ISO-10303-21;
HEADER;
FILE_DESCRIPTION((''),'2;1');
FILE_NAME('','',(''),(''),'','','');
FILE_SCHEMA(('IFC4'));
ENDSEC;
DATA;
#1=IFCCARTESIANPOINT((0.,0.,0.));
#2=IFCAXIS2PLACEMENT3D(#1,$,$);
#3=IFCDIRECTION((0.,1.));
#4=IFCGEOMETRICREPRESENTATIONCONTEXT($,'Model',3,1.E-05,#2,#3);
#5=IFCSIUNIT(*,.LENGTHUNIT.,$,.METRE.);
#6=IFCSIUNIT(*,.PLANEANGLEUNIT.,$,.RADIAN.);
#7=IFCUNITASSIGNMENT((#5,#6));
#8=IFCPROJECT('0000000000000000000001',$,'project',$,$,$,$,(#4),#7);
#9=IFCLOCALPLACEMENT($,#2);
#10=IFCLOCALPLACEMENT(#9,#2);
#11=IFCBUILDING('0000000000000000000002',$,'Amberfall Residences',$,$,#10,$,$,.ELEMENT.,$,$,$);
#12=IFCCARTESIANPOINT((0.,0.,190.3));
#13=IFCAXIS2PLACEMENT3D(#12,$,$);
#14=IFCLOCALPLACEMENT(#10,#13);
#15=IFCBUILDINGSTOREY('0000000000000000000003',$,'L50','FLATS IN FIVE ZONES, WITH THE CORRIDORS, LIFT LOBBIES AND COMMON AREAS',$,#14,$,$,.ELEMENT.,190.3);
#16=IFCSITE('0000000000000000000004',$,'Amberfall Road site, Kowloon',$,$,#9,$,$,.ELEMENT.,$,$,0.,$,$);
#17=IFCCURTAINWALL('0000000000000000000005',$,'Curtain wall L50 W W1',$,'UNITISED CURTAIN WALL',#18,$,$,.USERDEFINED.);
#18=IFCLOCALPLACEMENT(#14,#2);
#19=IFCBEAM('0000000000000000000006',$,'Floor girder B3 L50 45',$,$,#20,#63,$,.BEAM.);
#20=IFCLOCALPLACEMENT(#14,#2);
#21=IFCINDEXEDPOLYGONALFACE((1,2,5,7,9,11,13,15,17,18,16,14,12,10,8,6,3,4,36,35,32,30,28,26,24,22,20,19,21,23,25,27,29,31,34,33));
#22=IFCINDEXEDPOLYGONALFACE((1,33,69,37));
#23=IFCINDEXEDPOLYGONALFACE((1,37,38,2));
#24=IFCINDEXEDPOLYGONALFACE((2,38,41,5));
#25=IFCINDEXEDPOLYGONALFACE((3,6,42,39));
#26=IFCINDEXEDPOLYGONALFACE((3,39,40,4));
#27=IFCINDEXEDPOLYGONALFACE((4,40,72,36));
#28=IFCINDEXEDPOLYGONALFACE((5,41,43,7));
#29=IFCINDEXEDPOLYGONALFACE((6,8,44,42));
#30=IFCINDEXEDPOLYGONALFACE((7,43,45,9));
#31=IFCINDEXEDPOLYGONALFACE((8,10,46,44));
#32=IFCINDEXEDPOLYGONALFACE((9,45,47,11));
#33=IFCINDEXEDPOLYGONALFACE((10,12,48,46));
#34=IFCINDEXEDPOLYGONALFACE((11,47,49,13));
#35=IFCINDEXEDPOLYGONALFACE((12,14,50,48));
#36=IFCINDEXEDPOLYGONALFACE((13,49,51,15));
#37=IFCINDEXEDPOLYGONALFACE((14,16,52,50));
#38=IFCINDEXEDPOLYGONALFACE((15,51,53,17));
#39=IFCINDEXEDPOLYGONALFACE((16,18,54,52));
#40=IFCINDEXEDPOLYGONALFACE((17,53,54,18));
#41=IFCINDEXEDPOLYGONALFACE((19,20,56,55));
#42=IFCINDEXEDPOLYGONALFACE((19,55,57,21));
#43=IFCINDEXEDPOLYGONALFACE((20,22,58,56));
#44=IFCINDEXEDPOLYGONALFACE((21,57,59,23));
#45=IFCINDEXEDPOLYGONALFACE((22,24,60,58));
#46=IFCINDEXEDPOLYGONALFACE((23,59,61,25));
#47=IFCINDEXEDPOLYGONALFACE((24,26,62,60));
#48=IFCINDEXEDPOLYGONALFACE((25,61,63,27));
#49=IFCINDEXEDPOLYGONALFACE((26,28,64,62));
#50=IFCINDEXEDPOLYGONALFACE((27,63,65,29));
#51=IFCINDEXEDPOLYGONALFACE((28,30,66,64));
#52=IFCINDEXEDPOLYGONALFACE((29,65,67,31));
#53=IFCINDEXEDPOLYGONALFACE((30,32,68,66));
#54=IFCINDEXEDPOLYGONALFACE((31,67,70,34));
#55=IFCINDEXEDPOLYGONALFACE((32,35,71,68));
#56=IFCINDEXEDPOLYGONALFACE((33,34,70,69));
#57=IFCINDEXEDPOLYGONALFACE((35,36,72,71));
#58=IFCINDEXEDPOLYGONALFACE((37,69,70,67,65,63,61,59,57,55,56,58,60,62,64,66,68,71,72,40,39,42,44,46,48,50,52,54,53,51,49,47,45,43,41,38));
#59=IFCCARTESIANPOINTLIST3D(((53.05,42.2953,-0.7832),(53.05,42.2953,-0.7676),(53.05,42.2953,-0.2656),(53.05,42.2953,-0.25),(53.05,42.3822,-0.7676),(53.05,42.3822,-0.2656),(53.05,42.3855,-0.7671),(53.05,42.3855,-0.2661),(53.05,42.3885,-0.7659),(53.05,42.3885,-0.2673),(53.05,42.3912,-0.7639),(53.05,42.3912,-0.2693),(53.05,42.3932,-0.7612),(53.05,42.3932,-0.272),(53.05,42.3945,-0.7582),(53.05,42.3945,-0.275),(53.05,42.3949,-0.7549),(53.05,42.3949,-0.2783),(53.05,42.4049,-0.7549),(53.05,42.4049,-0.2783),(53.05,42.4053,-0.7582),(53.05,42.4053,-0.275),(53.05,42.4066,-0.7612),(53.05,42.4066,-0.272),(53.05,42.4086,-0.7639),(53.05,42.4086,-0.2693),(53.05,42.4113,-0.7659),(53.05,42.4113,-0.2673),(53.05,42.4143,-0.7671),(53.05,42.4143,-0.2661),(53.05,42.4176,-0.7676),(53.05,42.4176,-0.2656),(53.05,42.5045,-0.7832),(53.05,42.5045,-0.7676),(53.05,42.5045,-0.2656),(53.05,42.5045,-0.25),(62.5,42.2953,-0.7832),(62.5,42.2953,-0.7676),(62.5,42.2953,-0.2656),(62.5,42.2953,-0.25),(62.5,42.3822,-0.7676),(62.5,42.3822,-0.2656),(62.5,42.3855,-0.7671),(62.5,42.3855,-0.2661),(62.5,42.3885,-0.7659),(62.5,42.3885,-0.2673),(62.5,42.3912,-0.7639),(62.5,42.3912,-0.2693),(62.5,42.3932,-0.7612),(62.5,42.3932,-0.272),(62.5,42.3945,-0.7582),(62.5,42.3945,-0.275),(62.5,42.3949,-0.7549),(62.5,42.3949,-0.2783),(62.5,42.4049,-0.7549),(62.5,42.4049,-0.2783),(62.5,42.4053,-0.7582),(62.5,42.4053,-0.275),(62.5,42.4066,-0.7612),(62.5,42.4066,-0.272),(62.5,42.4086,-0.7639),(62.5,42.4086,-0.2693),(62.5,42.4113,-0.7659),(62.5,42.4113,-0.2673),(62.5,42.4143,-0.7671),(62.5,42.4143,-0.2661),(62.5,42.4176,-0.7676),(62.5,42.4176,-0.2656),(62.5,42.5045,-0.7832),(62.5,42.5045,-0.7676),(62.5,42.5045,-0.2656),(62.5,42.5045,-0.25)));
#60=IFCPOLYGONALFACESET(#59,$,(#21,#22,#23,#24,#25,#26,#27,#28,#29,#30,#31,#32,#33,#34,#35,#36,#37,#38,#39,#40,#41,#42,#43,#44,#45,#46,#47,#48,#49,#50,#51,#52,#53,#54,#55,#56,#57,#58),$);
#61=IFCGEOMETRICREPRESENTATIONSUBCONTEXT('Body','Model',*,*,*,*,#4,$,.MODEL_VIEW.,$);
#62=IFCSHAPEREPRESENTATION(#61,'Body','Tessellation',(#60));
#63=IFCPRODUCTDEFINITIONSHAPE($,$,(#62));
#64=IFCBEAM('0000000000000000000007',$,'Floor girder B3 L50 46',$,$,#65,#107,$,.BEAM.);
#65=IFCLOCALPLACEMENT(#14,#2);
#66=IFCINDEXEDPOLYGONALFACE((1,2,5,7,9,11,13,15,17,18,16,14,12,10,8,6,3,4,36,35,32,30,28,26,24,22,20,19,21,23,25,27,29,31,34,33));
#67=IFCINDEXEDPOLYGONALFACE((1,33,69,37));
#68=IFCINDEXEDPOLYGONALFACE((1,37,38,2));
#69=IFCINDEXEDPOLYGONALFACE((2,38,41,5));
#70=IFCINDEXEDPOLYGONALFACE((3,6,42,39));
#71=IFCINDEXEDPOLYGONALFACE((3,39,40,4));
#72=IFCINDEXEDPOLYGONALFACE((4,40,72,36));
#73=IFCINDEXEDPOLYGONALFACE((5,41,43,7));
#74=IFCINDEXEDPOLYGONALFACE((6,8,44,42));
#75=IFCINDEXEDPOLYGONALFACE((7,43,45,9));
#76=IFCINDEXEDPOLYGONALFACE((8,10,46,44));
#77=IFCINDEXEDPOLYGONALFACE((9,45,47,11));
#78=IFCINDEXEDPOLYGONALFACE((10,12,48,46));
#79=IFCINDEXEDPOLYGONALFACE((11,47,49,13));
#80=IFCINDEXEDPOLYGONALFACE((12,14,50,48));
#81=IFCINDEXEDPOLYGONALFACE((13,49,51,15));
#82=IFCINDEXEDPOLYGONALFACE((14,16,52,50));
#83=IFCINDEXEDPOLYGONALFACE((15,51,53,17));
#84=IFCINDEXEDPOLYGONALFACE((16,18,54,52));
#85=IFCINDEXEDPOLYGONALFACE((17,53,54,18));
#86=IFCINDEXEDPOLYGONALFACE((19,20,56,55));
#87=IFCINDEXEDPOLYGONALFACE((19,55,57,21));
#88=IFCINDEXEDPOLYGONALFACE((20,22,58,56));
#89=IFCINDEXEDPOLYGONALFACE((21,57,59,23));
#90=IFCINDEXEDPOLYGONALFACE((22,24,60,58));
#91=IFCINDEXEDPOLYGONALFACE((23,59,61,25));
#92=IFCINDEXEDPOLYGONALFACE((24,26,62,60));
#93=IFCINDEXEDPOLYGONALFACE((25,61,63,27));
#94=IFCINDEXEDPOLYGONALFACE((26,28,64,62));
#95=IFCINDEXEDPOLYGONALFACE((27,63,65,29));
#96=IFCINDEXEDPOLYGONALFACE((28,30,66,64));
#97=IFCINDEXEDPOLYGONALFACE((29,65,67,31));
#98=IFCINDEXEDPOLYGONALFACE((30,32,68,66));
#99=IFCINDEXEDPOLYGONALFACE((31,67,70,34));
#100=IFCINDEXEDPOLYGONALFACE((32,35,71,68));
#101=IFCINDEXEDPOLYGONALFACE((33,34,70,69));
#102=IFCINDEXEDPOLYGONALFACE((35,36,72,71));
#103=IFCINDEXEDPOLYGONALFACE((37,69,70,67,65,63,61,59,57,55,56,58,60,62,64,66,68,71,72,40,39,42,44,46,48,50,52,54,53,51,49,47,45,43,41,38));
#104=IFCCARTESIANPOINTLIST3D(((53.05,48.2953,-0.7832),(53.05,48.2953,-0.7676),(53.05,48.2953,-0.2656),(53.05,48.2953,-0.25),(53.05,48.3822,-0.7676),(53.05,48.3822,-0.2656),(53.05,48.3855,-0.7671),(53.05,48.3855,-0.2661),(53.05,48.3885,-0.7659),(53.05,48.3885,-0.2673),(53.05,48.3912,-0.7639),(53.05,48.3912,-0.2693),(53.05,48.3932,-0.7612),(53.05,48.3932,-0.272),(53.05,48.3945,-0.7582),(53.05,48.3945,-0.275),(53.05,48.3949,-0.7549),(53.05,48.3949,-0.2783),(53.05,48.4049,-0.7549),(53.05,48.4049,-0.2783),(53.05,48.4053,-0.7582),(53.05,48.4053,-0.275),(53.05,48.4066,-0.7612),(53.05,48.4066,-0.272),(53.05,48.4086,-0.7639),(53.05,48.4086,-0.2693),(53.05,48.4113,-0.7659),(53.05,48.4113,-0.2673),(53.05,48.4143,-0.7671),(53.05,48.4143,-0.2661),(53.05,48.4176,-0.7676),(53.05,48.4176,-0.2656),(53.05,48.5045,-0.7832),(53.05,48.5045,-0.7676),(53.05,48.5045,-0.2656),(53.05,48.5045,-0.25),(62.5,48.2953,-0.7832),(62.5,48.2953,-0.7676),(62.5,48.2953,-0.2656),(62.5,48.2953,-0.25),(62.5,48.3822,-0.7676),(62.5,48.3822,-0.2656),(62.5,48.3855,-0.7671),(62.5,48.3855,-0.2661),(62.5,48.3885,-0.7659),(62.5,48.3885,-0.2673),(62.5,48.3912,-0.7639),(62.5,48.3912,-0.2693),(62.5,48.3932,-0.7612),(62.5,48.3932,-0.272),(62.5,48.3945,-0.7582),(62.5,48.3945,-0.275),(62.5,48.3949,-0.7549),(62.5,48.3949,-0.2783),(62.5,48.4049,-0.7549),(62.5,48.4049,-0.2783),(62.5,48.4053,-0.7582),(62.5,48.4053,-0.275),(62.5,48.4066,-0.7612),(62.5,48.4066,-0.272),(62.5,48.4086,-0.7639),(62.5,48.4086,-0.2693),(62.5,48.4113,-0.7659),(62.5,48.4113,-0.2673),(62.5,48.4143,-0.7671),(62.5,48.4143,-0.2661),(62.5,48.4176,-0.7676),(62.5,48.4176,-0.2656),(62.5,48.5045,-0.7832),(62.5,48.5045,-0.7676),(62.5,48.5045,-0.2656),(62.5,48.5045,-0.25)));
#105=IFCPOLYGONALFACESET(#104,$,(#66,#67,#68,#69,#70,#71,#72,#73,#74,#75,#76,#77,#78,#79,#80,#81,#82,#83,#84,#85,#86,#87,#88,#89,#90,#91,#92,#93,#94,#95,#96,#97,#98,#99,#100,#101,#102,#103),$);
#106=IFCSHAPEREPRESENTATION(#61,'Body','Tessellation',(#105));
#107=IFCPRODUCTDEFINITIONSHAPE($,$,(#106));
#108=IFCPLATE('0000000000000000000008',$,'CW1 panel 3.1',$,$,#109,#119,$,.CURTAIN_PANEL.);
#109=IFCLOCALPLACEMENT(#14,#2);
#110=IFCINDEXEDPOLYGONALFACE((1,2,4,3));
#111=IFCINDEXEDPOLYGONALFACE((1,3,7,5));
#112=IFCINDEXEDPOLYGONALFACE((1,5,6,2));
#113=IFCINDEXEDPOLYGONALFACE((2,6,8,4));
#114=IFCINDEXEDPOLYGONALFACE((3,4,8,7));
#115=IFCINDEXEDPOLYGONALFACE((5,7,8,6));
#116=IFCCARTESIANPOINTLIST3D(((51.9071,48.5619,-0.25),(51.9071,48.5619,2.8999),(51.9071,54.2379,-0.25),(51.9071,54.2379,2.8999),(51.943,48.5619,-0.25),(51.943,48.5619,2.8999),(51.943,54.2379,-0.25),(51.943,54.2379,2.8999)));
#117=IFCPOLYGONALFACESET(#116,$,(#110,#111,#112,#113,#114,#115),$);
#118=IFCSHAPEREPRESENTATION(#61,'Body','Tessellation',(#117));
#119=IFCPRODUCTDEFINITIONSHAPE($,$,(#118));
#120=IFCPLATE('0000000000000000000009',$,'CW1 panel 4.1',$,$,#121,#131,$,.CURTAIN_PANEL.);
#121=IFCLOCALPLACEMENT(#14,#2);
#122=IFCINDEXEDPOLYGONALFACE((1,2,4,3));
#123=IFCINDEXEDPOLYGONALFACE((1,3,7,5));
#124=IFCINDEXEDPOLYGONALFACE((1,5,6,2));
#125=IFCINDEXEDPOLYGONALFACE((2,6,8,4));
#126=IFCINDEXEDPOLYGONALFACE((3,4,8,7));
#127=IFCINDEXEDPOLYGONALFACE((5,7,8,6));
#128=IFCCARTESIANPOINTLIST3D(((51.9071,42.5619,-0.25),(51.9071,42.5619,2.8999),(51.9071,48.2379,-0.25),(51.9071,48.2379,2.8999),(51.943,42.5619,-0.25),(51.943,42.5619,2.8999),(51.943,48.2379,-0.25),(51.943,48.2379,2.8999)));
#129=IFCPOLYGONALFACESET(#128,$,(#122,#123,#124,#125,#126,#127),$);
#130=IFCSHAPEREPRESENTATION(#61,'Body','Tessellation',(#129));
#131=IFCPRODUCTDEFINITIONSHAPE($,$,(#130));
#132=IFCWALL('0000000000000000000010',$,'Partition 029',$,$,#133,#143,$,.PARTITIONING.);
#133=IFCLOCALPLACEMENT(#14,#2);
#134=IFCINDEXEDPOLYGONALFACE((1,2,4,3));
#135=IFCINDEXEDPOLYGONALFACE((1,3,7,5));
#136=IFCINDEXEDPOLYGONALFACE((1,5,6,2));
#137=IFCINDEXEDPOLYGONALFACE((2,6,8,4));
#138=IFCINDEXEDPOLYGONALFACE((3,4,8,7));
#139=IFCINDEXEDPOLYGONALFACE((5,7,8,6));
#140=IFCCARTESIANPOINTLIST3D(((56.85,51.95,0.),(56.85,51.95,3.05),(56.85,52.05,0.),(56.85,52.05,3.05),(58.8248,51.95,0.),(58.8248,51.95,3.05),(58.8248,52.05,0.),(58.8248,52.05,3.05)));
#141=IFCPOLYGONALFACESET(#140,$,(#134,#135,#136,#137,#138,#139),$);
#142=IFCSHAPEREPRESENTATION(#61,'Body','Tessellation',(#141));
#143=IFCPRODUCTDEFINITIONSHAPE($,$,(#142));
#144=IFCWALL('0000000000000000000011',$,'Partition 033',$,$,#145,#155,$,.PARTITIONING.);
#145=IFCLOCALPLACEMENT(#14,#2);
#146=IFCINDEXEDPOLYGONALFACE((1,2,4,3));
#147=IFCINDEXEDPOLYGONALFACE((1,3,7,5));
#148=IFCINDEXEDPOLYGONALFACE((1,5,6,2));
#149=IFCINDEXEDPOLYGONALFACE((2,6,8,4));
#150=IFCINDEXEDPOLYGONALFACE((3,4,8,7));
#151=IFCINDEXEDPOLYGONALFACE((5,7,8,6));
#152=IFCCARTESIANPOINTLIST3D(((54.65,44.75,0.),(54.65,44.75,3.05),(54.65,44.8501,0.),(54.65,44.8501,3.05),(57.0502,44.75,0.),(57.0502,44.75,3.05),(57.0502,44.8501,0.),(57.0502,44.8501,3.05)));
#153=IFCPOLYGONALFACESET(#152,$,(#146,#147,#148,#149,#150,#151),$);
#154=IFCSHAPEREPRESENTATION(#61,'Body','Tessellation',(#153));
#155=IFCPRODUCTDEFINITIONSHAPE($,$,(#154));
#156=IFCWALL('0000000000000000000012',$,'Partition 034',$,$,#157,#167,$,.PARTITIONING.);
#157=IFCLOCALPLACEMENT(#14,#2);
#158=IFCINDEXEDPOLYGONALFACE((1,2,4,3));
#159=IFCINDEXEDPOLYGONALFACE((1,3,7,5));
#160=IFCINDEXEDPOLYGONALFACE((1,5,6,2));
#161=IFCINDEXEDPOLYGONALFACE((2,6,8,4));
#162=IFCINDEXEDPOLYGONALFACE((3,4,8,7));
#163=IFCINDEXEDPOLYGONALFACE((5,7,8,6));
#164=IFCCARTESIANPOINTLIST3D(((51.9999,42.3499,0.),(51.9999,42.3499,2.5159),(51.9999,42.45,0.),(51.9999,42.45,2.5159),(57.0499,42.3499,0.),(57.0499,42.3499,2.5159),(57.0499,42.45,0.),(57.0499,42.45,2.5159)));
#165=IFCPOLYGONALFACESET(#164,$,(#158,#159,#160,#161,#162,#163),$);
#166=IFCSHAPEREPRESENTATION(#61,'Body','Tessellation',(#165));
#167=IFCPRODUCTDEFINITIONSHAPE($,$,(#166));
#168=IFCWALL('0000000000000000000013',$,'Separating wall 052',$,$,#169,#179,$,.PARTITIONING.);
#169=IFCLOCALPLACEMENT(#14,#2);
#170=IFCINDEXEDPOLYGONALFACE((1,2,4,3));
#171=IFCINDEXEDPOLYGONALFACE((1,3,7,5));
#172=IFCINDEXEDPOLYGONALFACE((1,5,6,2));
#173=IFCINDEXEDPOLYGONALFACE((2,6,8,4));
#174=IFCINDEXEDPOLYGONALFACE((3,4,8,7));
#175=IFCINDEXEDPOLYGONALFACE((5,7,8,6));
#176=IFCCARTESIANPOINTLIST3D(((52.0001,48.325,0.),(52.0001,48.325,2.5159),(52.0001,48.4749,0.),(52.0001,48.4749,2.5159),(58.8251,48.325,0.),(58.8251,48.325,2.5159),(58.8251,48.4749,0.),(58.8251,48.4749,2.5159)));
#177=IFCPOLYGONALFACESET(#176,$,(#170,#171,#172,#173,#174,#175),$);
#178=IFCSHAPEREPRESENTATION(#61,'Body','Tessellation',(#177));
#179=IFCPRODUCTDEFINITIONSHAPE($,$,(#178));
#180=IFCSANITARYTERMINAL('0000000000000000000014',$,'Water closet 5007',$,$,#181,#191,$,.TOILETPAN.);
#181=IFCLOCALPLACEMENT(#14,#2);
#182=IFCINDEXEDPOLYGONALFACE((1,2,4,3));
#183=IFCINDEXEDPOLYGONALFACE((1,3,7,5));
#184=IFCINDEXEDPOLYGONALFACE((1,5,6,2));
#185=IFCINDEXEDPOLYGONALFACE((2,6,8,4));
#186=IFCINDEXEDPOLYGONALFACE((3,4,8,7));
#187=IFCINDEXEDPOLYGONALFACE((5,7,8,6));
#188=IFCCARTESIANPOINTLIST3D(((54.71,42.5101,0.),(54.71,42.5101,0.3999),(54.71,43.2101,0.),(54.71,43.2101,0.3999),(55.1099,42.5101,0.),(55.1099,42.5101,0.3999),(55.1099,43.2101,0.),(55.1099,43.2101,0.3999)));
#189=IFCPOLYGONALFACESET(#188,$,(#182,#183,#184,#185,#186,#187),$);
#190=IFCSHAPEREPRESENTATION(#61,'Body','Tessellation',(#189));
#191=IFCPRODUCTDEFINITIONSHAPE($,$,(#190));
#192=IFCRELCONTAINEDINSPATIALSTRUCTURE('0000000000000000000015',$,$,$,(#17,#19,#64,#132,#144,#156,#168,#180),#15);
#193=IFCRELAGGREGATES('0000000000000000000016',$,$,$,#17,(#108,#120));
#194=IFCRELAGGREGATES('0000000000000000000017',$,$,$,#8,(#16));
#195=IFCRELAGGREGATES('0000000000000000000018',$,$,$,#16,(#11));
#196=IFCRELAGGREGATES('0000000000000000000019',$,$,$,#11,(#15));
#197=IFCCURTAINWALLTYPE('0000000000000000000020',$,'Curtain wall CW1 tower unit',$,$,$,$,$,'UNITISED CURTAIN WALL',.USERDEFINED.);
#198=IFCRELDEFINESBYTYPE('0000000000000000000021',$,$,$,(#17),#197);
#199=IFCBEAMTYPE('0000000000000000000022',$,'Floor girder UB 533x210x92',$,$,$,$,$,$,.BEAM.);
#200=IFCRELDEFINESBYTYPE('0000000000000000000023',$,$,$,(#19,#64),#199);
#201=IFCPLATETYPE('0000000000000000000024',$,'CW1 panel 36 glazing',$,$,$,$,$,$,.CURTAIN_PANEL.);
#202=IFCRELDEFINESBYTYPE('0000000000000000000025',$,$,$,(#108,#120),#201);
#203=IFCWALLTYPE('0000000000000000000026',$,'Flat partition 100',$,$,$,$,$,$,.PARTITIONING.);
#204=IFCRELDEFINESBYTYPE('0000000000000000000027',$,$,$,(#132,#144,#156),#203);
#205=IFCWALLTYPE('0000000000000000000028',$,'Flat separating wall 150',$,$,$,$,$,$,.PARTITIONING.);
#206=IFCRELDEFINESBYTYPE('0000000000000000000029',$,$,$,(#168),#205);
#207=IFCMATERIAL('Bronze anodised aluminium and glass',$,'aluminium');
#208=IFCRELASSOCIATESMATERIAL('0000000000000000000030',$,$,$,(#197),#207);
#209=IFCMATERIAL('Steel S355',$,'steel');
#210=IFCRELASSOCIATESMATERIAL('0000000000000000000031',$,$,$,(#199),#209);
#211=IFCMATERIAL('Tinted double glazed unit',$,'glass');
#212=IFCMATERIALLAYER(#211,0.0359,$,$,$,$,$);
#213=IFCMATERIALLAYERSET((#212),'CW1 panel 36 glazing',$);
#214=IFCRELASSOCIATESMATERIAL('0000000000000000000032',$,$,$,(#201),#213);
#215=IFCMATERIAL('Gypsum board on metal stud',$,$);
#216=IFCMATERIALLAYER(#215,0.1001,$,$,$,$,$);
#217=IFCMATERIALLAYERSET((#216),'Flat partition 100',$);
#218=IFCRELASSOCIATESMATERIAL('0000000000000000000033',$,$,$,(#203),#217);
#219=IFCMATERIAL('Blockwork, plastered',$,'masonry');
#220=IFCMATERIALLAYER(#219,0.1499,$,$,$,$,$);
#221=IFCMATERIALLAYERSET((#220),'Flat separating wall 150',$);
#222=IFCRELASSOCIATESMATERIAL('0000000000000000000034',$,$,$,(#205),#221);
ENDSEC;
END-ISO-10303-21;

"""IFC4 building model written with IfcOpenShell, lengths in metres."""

from ifc_helpers import new_model, si_unit, direction, frame, frame_2d, origin, origin_2d, place, context, subcontext, project, spatial, rectangle, i_section, extrude, material, layer, layer_set, material_profile, profile_set, type_object, element, aggregate, save


model = new_model("IFC4")

# Units and contexts
model_context = context("Model", 3, precision=1e-05, world=origin(), true_north=direction((0.0, 1.0)))
body_context = subcontext(model_context, "Body", "Model", "MODEL_VIEW")
ifc_project = project(units=[si_unit("LENGTHUNIT", "METRE"), si_unit("PLANEANGLEUNIT", "RADIAN")], contexts=[model_context])

# Site, building, storey
site_placement = place(None, origin())
site = spatial("IfcSite", under=ifc_project, at=site_placement, Name="Amberfall Road site, Kowloon", CompositionType="ELEMENT", RefElevation=0.0)
building_placement = place(site_placement, origin())
building = spatial("IfcBuilding", under=site, at=building_placement, Name="Amberfall Residences", CompositionType="ELEMENT")
storey_placement = place(building_placement, frame((0.0, 0.0, 190.3)))
storey = spatial("IfcBuildingStorey", under=building, at=storey_placement, Name="L50", Description="FLATS IN FIVE ZONES, WITH THE CORRIDORS, LIFT LOBBIES AND COMMON AREAS", CompositionType="ELEMENT", Elevation=190.3)

# Curtain wall
ifc_material_1 = material(Name="Bronze anodised aluminium and glass", Category="aluminium")
curtain_wall_type = type_object("IfcCurtainWallType", Name="Curtain wall CW1 tower unit", ElementType="UNITISED CURTAIN WALL", PredefinedType="USERDEFINED", material=ifc_material_1)
curtain_wall_placement = place(storey_placement, origin())
curtain_wall = element("IfcCurtainWall", 1, at=curtain_wall_placement, inside=storey, type_object=curtain_wall_type, Name="Curtain wall L50 W W1", ObjectType="UNITISED CURTAIN WALL", PredefinedType="USERDEFINED")

# Shared definitions
ifc_material_2 = material(Name="Steel S355", Category="steel")

# Beams
ifc_material_profile_1 = material_profile(ifc_material_2, i_section(OverallWidth=0.2092, OverallDepth=0.5332, WebThickness=0.01, FlangeThickness=0.0156, FilletRadius=0.0127, at=origin_2d()), Name="UB 533x210x92")
ifc_profile_set_1 = profile_set([ifc_material_profile_1], Name="Steel S355")
beam_type_1 = type_object("IfcBeamType", Name="Floor girder UB 533x210x92", PredefinedType="BEAM", material=ifc_profile_set_1)
for number, where, z_axis, x_axis, name in (
    (2, (53.05, 42.3999, -0.5166), (1.0, 0.0, 0.0), (0.0, 1.0, 0.0), "Floor girder B3 L50 45"),
    (3, (53.05, 48.3999, -0.5166), (1.0, 0.0, 0.0), (0.0, 1.0, 0.0), "Floor girder B3 L50 46"),
):
    element("IfcBeam", number, at=place(storey_placement, frame(where, z_axis=z_axis, x_axis=x_axis)), inside=storey, type_object=beam_type_1, Name=name, PredefinedType="BEAM", context=body_context, shape_type="SweptSolid", body=[
        extrude(i_section(OverallWidth=0.2092, OverallDepth=0.5332, WebThickness=0.01, FlangeThickness=0.0156, FilletRadius=0.0127, at=origin_2d()), origin(), (0.0, 0.0, 1.0), 9.45),
    ])

# Plates
ifc_material_3 = material(Name="Tinted double glazed unit", Category="glass")
ifc_layer_1 = layer(ifc_material_3, 0.0359)
ifc_layer_set_1 = layer_set([ifc_layer_1], Name="CW1 panel 36 glazing")
plate_type = type_object("IfcPlateType", Name="CW1 panel 36 glazing", PredefinedType="CURTAIN_PANEL", material=ifc_layer_set_1)
plate_1_placement = place(storey_placement, frame((51.925, 51.3999, -0.25), z_axis=(0.0, 0.0, 1.0), x_axis=(0.0, -1.0, 0.0)))
plate_1 = element("IfcPlate", 4, at=plate_1_placement, type_object=plate_type, Name="CW1 panel 3.1", PredefinedType="CURTAIN_PANEL", context=body_context, shape_type="SweptSolid", body=[
    extrude(rectangle(XDim=5.676, YDim=0.0359, at=origin_2d()), origin(), (0.0, 0.0, 1.0), 3.1499),
])
plate_2_placement = place(storey_placement, frame((51.925, 45.3999, -0.25), z_axis=(0.0, 0.0, 1.0), x_axis=(0.0, -1.0, 0.0)))
plate_2 = element("IfcPlate", 5, at=plate_2_placement, type_object=plate_type, Name="CW1 panel 4.1", PredefinedType="CURTAIN_PANEL", context=body_context, shape_type="SweptSolid", body=[
    extrude(rectangle(XDim=5.676, YDim=0.0359, at=origin_2d()), origin(), (0.0, 0.0, 1.0), 3.1499),
])
aggregate(curtain_wall, [plate_1, plate_2])

# Walls
ifc_material_4 = material(Name="Gypsum board on metal stud")
ifc_layer_2 = layer(ifc_material_4, 0.1001)
ifc_layer_set_2 = layer_set([ifc_layer_2], Name="Flat partition 100")
wall_type_1 = type_object("IfcWallType", Name="Flat partition 100", PredefinedType="PARTITIONING", material=ifc_layer_set_2)
wall_1_placement = place(storey_placement, frame((56.8501, 52.0, 0.0), z_axis=(0.0, 0.0, 1.0), x_axis=(1.0, 0.0, 0.0)))
element("IfcWall", 6, at=wall_1_placement, inside=storey, type_object=wall_type_1, Name="Partition 029", PredefinedType="PARTITIONING", context=body_context, shape_type="SweptSolid", body=[
    extrude(rectangle(XDim=1.9749, YDim=0.1001, at=frame_2d((0.9873, 0.0))), origin(), (0.0, 0.0, 1.0), 3.05),
])
wall_2_placement = place(storey_placement, frame((54.6499, 44.8, 0.0), z_axis=(0.0, 0.0, 1.0), x_axis=(1.0, 0.0, 0.0)))
element("IfcWall", 7, at=wall_2_placement, inside=storey, type_object=wall_type_1, Name="Partition 033", PredefinedType="PARTITIONING", context=body_context, shape_type="SweptSolid", body=[
    extrude(rectangle(XDim=2.4001, YDim=0.1001, at=frame_2d((1.2002, 0.0))), origin(), (0.0, 0.0, 1.0), 3.05),
])
wall_3_placement = place(storey_placement, frame((52.0, 42.3999, 0.0), z_axis=(0.0, 0.0, 1.0), x_axis=(1.0, 0.0, 0.0)))
element("IfcWall", 8, at=wall_3_placement, inside=storey, type_object=wall_type_1, Name="Partition 034", PredefinedType="PARTITIONING", context=body_context, shape_type="SweptSolid", body=[
    extrude(rectangle(XDim=5.05, YDim=0.1001, at=frame_2d((2.5249, 0.0))), origin(), (0.0, 0.0, 1.0), 2.5159),
])
ifc_material_5 = material(Name="Blockwork, plastered", Category="masonry")
ifc_layer_3 = layer(ifc_material_5, 0.1499)
ifc_layer_set_3 = layer_set([ifc_layer_3], Name="Flat separating wall 150")
wall_type_2 = type_object("IfcWallType", Name="Flat separating wall 150", PredefinedType="PARTITIONING", material=ifc_layer_set_3)
wall_4_placement = place(storey_placement, frame((52.0, 48.3999, 0.0), z_axis=(0.0, 0.0, 1.0), x_axis=(1.0, 0.0, 0.0)))
element("IfcWall", 9, at=wall_4_placement, inside=storey, type_object=wall_type_2, Name="Separating wall 052", PredefinedType="PARTITIONING", context=body_context, shape_type="SweptSolid", body=[
    extrude(rectangle(XDim=6.825, YDim=0.1499, at=frame_2d((3.4126, 0.0))), origin(), (0.0, 0.0, 1.0), 2.5159),
])

# Sanitary terminal
sanitary_terminal_1_placement = place(storey_placement, frame((54.9099, 42.8601, 0.0), z_axis=(0.0, 0.0, 1.0), x_axis=(1.0, 0.0, 0.0)))
element("IfcSanitaryTerminal", 10, at=sanitary_terminal_1_placement, inside=storey, Name="Water closet 5007", PredefinedType="TOILETPAN", context=body_context, shape_type="SweptSolid", body=[
    extrude(rectangle(XDim=0.3999, YDim=0.7, at=origin_2d()), origin(), (0.0, 0.0, 1.0), 0.3999),
])

save(model, "model.ifc")
